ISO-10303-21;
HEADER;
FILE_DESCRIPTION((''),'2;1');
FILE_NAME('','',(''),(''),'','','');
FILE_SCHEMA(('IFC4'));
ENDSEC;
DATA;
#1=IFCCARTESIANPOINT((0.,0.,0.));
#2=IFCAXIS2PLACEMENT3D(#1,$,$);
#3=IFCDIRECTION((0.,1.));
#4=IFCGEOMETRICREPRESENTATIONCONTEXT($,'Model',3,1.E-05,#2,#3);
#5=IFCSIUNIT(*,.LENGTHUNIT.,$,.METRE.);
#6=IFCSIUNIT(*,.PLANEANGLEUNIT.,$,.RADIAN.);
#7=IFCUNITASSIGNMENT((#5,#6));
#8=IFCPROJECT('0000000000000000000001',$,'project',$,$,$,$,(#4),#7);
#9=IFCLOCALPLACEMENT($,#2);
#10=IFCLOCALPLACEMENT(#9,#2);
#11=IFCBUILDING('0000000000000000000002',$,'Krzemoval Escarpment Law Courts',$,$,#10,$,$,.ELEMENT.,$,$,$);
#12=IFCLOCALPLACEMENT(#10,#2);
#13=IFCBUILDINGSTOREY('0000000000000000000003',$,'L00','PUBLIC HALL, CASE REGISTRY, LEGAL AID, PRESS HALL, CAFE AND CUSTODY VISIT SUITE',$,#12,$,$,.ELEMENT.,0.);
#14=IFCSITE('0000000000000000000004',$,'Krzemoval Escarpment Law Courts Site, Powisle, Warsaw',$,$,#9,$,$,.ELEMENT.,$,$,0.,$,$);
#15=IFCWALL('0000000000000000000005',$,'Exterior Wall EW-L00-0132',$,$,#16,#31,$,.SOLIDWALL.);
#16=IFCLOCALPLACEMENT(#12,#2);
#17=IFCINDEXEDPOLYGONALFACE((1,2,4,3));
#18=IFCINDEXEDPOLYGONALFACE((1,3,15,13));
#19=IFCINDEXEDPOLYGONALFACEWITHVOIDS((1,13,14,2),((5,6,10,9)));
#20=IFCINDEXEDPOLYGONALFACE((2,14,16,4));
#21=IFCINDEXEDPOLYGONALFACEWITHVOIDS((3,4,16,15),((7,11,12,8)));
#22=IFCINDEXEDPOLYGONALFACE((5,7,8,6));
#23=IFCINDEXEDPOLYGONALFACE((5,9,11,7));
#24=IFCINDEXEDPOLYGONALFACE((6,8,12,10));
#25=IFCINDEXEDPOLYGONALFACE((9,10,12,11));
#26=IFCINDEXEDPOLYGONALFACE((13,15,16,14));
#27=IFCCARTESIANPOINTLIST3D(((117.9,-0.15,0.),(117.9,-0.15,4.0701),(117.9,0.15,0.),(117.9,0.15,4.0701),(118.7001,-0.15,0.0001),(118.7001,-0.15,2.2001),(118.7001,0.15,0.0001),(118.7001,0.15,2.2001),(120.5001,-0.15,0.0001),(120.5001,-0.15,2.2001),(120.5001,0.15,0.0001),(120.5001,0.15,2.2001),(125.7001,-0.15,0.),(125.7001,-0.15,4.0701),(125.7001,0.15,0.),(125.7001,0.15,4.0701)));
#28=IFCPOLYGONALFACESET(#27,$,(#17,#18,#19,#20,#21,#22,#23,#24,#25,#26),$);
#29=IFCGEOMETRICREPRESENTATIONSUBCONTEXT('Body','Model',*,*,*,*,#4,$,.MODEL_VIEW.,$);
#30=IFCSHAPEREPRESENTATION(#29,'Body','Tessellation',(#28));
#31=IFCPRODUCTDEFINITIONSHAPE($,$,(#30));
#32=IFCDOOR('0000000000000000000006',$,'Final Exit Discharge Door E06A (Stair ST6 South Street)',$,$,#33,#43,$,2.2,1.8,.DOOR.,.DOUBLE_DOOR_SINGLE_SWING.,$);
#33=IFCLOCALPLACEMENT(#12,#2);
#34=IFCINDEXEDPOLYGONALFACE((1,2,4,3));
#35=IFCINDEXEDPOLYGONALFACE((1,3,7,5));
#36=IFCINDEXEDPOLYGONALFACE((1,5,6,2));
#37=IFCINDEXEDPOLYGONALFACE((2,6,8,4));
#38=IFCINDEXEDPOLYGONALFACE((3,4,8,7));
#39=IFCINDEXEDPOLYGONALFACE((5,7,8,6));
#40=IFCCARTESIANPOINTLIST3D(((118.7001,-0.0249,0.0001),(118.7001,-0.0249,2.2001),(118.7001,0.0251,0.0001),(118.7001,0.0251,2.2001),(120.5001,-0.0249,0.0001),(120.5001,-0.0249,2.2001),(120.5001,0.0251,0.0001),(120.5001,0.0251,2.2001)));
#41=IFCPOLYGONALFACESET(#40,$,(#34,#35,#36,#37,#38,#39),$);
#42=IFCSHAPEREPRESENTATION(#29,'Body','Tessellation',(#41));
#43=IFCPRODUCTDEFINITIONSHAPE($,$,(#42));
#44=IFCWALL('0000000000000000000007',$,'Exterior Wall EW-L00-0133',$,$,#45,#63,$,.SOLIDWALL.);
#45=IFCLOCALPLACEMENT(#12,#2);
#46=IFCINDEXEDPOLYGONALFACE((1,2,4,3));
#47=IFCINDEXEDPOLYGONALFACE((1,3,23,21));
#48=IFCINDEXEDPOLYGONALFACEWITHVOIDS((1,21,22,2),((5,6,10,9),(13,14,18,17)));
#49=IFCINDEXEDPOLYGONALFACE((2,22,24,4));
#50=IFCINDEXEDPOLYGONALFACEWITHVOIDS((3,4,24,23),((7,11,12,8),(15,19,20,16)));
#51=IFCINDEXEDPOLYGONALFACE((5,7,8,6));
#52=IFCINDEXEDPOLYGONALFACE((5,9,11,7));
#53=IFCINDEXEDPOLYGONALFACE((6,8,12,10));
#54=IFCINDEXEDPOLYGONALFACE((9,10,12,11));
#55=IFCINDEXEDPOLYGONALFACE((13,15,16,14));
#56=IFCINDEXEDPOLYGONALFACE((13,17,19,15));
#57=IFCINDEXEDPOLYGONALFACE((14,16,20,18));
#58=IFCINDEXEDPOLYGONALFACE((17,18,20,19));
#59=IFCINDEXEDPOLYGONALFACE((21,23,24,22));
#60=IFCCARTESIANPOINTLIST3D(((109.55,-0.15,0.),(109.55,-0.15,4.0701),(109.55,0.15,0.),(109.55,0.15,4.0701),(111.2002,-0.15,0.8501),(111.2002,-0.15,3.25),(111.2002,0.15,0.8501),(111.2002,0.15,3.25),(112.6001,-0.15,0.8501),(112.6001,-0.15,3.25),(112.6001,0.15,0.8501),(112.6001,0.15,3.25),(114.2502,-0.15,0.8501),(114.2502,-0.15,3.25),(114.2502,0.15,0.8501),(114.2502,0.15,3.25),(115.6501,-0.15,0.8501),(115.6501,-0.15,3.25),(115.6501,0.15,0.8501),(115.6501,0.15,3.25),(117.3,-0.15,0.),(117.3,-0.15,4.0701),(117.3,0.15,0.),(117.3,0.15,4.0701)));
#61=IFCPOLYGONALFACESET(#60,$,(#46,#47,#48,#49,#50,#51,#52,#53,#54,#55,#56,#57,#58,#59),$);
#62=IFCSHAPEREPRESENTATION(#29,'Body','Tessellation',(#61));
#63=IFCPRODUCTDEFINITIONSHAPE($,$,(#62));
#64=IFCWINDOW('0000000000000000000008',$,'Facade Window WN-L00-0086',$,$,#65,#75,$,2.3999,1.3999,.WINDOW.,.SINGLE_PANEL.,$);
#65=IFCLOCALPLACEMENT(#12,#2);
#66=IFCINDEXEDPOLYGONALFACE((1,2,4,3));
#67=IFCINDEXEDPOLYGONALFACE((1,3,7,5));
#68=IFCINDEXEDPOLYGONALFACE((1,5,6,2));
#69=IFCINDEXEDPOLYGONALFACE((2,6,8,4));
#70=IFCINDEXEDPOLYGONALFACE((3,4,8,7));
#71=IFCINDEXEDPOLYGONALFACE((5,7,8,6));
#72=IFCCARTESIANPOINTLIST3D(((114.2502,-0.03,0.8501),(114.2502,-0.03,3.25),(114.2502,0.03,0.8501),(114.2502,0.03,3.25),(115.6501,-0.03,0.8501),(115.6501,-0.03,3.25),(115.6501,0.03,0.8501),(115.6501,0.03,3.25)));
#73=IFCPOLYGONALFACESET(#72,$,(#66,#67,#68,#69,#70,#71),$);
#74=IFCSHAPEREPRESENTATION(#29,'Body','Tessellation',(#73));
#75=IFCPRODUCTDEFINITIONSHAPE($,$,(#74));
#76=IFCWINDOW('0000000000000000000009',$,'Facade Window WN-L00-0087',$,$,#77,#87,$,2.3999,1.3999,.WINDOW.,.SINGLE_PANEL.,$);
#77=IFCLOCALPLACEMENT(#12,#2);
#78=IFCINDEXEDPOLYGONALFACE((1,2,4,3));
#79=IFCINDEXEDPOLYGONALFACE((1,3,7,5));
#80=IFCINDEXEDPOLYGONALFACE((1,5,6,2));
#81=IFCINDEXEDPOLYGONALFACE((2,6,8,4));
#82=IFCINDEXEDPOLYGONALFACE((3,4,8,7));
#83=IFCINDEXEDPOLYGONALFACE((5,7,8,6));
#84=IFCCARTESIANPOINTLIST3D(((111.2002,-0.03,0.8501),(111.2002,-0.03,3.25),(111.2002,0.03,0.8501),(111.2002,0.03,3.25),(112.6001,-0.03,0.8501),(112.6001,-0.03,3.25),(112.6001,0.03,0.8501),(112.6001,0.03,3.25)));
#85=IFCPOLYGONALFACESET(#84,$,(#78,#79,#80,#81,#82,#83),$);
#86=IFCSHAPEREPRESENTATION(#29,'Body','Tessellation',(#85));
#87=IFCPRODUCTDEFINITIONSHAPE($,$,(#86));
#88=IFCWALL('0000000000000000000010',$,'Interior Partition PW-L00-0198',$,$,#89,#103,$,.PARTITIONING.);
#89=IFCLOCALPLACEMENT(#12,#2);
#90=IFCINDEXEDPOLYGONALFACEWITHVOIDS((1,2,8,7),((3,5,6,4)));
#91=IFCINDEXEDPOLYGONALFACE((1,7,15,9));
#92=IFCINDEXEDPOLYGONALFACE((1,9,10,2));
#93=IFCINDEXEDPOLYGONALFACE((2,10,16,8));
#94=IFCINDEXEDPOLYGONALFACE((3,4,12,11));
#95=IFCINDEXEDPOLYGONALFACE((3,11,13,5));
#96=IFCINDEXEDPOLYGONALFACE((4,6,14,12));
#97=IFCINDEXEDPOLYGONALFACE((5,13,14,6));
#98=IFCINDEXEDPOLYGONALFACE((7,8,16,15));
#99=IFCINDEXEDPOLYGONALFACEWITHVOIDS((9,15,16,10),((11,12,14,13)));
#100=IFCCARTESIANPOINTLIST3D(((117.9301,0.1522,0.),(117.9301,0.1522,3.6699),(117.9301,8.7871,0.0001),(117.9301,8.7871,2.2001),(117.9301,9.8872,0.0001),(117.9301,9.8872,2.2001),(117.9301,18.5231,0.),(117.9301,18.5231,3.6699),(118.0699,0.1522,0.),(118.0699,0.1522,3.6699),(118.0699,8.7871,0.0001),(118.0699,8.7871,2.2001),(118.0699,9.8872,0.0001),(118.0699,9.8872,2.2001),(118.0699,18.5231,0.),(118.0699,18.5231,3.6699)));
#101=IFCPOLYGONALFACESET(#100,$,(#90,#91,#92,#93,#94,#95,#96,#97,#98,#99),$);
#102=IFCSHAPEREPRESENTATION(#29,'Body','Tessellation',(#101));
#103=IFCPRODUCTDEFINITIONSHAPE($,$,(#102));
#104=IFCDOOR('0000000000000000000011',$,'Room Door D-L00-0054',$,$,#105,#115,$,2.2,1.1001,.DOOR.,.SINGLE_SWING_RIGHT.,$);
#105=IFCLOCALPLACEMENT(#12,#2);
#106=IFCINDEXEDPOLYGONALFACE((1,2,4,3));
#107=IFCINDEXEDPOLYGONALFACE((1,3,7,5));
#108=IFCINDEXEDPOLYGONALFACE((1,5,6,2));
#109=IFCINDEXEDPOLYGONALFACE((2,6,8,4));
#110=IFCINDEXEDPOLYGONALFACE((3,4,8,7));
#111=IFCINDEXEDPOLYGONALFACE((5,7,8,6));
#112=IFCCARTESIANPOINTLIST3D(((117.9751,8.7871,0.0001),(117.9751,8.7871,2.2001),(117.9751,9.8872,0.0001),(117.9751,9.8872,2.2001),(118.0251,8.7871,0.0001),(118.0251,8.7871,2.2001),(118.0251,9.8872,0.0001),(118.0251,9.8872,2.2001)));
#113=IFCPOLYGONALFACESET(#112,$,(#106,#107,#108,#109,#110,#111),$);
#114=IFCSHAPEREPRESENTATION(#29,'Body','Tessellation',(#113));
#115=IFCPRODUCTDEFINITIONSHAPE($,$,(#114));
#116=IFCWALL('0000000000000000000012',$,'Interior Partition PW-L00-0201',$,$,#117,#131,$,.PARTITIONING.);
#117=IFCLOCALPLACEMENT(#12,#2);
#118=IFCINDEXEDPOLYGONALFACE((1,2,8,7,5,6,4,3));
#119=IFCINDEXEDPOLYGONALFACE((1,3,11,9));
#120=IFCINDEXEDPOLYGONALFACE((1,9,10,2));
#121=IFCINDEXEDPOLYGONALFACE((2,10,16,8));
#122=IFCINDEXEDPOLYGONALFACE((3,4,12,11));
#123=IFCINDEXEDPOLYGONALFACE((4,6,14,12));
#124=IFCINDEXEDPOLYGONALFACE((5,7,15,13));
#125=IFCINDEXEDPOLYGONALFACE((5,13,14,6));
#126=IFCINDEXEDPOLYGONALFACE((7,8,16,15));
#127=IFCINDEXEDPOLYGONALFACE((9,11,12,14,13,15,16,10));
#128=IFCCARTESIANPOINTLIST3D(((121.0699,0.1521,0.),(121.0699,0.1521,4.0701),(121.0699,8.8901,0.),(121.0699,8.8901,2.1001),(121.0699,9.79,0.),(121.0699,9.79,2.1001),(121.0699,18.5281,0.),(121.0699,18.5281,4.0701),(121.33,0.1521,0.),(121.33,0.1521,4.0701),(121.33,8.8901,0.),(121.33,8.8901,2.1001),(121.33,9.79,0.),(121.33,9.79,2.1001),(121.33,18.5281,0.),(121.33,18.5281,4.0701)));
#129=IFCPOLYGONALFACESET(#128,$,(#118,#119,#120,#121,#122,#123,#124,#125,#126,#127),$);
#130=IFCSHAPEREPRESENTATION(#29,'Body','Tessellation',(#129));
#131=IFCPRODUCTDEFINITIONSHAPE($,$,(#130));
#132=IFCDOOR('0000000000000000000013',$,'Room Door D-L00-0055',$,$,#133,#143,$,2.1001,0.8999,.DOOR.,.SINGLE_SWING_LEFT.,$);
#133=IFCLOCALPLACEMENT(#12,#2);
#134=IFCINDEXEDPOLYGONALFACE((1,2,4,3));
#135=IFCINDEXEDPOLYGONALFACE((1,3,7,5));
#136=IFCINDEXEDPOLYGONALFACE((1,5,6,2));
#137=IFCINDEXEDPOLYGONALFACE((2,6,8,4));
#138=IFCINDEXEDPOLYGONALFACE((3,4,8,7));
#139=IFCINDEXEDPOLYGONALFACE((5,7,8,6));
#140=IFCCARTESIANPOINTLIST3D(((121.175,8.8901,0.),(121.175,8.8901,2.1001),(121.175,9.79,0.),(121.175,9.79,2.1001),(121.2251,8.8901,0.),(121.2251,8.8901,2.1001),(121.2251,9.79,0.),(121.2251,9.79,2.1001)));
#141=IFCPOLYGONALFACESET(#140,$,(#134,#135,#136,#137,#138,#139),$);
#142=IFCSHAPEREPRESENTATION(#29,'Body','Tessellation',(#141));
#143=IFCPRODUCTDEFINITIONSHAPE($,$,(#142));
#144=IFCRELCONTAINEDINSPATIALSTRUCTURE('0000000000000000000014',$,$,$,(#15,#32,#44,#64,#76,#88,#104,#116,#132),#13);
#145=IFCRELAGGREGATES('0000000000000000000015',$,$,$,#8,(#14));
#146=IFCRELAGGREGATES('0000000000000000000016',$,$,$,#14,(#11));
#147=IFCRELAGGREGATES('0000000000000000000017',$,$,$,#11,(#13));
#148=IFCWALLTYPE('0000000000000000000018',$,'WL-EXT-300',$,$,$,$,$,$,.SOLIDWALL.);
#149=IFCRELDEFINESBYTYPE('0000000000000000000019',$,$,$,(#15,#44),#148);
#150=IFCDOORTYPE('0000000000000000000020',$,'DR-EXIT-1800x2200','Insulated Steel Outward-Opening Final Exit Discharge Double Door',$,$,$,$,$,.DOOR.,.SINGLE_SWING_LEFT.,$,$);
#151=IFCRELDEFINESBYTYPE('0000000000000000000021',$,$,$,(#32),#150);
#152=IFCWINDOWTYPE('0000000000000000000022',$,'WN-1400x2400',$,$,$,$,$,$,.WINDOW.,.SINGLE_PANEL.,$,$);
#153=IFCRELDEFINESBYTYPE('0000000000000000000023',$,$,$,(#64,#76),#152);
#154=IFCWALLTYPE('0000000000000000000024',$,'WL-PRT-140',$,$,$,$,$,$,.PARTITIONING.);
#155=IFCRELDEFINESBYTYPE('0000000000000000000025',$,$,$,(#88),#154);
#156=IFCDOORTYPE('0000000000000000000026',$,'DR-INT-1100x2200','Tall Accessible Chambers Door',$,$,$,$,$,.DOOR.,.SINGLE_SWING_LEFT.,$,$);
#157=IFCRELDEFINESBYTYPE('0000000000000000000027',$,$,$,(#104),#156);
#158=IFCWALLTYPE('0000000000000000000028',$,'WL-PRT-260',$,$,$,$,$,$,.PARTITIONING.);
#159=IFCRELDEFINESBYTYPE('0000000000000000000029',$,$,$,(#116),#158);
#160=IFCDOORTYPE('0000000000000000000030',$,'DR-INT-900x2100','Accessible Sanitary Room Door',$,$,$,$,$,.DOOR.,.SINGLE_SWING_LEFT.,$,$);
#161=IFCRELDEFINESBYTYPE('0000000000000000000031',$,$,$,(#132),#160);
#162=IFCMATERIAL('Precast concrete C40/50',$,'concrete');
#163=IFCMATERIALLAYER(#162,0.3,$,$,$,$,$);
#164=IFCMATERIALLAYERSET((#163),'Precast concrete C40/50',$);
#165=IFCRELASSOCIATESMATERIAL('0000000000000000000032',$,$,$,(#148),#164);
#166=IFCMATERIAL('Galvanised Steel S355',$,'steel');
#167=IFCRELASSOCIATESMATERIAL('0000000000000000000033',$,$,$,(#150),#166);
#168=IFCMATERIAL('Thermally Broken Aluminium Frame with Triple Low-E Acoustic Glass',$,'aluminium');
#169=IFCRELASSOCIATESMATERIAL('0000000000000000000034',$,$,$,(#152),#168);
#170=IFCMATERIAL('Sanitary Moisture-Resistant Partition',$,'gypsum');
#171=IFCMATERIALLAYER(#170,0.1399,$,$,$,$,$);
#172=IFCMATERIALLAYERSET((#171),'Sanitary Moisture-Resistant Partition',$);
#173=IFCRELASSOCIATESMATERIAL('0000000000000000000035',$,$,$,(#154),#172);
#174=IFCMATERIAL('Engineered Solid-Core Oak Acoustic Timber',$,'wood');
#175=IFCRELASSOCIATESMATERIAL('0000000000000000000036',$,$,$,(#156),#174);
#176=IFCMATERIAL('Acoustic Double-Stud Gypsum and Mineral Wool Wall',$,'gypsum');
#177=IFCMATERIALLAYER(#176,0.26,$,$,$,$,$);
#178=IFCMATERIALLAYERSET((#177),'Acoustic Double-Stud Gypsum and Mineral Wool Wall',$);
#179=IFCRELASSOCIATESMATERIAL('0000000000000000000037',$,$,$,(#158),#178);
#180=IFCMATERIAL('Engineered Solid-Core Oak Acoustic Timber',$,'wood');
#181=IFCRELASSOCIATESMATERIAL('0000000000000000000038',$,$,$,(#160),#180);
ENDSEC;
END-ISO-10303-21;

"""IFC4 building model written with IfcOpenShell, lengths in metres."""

from ifc_helpers import new_model, si_unit, direction, frame, frame_2d, origin, place, context, subcontext, project, spatial, rectangle, extrude, material, layer, layer_set, type_object, element, fill, save


model = new_model("IFC4")

# Units and contexts
model_context = context("Model", 3, precision=1e-05, world=origin(), true_north=direction((0.0, 1.0)))
body_context = subcontext(model_context, "Body", "Model", "MODEL_VIEW")
ifc_project = project(units=[si_unit("LENGTHUNIT", "METRE"), si_unit("PLANEANGLEUNIT", "RADIAN")], contexts=[model_context])

# Site, building, storey
site_placement = place(None, origin())
site = spatial("IfcSite", under=ifc_project, at=site_placement, Name="Krzemoval Escarpment Law Courts Site, Powisle, Warsaw", CompositionType="ELEMENT", RefElevation=0.0)
building_placement = place(site_placement, origin())
building = spatial("IfcBuilding", under=site, at=building_placement, Name="Krzemoval Escarpment Law Courts", CompositionType="ELEMENT")
storey_placement = place(building_placement, origin())
storey = spatial("IfcBuildingStorey", under=building, at=storey_placement, Name="L00", Description="PUBLIC HALL, CASE REGISTRY, LEGAL AID, PRESS HALL, CAFE AND CUSTODY VISIT SUITE", CompositionType="ELEMENT", Elevation=0.0)

# Wall, opening, door
ifc_material_1 = material(Name="Precast concrete C40/50", Category="concrete")
ifc_layer_1 = layer(ifc_material_1, 0.3)
ifc_layer_set_1 = layer_set([ifc_layer_1], Name="Precast concrete C40/50")
wall_type_1 = type_object("IfcWallType", Name="WL-EXT-300", PredefinedType="SOLIDWALL", material=ifc_layer_set_1)
wall_1_placement = place(storey_placement, frame((125.7, 0.0, 0.0), z_axis=(0.0, 0.0, 1.0), x_axis=(-1.0, 0.0, 0.0)))
wall_1 = element("IfcWall", 1, at=wall_1_placement, inside=storey, type_object=wall_type_1, Name="Exterior Wall EW-L00-0132", PredefinedType="SOLIDWALL", context=body_context, shape_type="SweptSolid", body=[
    extrude(rectangle(XDim=7.8, YDim=0.3, at=frame_2d((3.8999, 0.0))), origin(), (0.0, 0.0, 1.0), 4.0701),
])
opening_1_placement = place(wall_1_placement, frame((5.2, 0.0, 0.0)))
opening_1 = element("IfcOpeningElement", 2, at=opening_1_placement, cuts=wall_1, PredefinedType="OPENING", context=body_context, shape_type="SweptSolid", body=[
    extrude(rectangle(XDim=1.8, YDim=2.2, at=frame_2d((0.8999, 1.1001))), frame((0.0, 0.165, 0.0), z_axis=(0.0, -1.0, 0.0), x_axis=(1.0, 0.0, 0.0)), (0.0, 0.0, 1.0), 0.3301),
])
ifc_material_2 = material(Name="Galvanised Steel S355", Category="steel")
door_type_1 = type_object("IfcDoorType", Name="DR-EXIT-1800x2200", Description="Insulated Steel Outward-Opening Final Exit Discharge Double Door", OperationType="SINGLE_SWING_LEFT", PredefinedType="DOOR", material=ifc_material_2)
door_1_placement = place(opening_1_placement, origin())
door_1 = element("IfcDoor", 3, at=door_1_placement, inside=storey, type_object=door_type_1, Name="Final Exit Discharge Door E06A (Stair ST6 South Street)", OperationType="DOUBLE_DOOR_SINGLE_SWING", OverallHeight=2.2, OverallWidth=1.8, PredefinedType="DOOR", context=body_context, shape_type="SweptSolid", body=[
    extrude(rectangle(XDim=1.8, YDim=2.2, at=frame_2d((0.8999, 1.1001))), frame((0.0, 0.0249, 0.0), z_axis=(0.0, -1.0, 0.0), x_axis=(1.0, 0.0, 0.0)), (0.0, 0.0, 1.0), 0.05),
])
fill(opening_1, door_1)

# Wall, openings, windows
wall_2_placement = place(storey_placement, frame((117.3, 0.0, 0.0), z_axis=(0.0, 0.0, 1.0), x_axis=(-1.0, 0.0, 0.0)))
wall_2 = element("IfcWall", 4, at=wall_2_placement, inside=storey, type_object=wall_type_1, Name="Exterior Wall EW-L00-0133", PredefinedType="SOLIDWALL", context=body_context, shape_type="SweptSolid", body=[
    extrude(rectangle(XDim=7.75, YDim=0.3, at=frame_2d((3.875, 0.0))), origin(), (0.0, 0.0, 1.0), 4.0701),
])
opening_2_placement = place(wall_2_placement, frame((1.6499, 0.0, 0.8501)))
opening_2 = element("IfcOpeningElement", 5, at=opening_2_placement, cuts=wall_2, PredefinedType="OPENING", context=body_context, shape_type="SweptSolid", body=[
    extrude(rectangle(XDim=1.3999, YDim=2.3999, at=frame_2d((0.7, 1.2))), frame((0.0, 0.165, 0.0), z_axis=(0.0, -1.0, 0.0), x_axis=(1.0, 0.0, 0.0)), (0.0, 0.0, 1.0), 0.3301),
])
opening_3_placement = place(wall_2_placement, frame((4.7, 0.0, 0.8501)))
opening_3 = element("IfcOpeningElement", 6, at=opening_3_placement, cuts=wall_2, PredefinedType="OPENING", context=body_context, shape_type="SweptSolid", body=[
    extrude(rectangle(XDim=1.3999, YDim=2.3999, at=frame_2d((0.7, 1.2))), frame((0.0, 0.165, 0.0), z_axis=(0.0, -1.0, 0.0), x_axis=(1.0, 0.0, 0.0)), (0.0, 0.0, 1.0), 0.3301),
])
ifc_material_3 = material(Name="Thermally Broken Aluminium Frame with Triple Low-E Acoustic Glass", Category="aluminium")
window_type = type_object("IfcWindowType", Name="WN-1400x2400", PartitioningType="SINGLE_PANEL", PredefinedType="WINDOW", material=ifc_material_3)
window_1_placement = place(opening_2_placement, origin())
window_1 = element("IfcWindow", 7, at=window_1_placement, inside=storey, type_object=window_type, Name="Facade Window WN-L00-0086", OverallHeight=2.3999, OverallWidth=1.3999, PartitioningType="SINGLE_PANEL", PredefinedType="WINDOW", context=body_context, shape_type="SweptSolid", body=[
    extrude(rectangle(XDim=1.3999, YDim=2.3999, at=frame_2d((0.7, 1.2))), frame((0.0, 0.03, 0.0), z_axis=(0.0, -1.0, 0.0), x_axis=(1.0, 0.0, 0.0)), (0.0, 0.0, 1.0), 0.0601),
])
fill(opening_2, window_1)
window_2_placement = place(opening_3_placement, origin())
window_2 = element("IfcWindow", 8, at=window_2_placement, inside=storey, type_object=window_type, Name="Facade Window WN-L00-0087", OverallHeight=2.3999, OverallWidth=1.3999, PartitioningType="SINGLE_PANEL", PredefinedType="WINDOW", context=body_context, shape_type="SweptSolid", body=[
    extrude(rectangle(XDim=1.3999, YDim=2.3999, at=frame_2d((0.7, 1.2))), frame((0.0, 0.03, 0.0), z_axis=(0.0, -1.0, 0.0), x_axis=(1.0, 0.0, 0.0)), (0.0, 0.0, 1.0), 0.0601),
])
fill(opening_3, window_2)

# Walls, openings, doors
ifc_material_4 = material(Name="Sanitary Moisture-Resistant Partition", Category="gypsum")
ifc_layer_2 = layer(ifc_material_4, 0.1399)
ifc_layer_set_2 = layer_set([ifc_layer_2], Name="Sanitary Moisture-Resistant Partition")
wall_type_2 = type_object("IfcWallType", Name="WL-PRT-140", PredefinedType="PARTITIONING", material=ifc_layer_set_2)
wall_3_placement = place(storey_placement, frame((118.0, 0.1521, 0.0), z_axis=(0.0, 0.0, 1.0), x_axis=(0.0, 1.0, 0.0)))
wall_3 = element("IfcWall", 9, at=wall_3_placement, inside=storey, type_object=wall_type_2, Name="Interior Partition PW-L00-0198", PredefinedType="PARTITIONING", context=body_context, shape_type="SweptSolid", body=[
    extrude(rectangle(XDim=18.3708, YDim=0.1399, at=frame_2d((9.1855, 0.0))), origin(), (0.0, 0.0, 1.0), 3.6699),
])
opening_4_placement = place(wall_3_placement, frame((8.635, 0.0, 0.0)))
opening_4 = element("IfcOpeningElement", 10, at=opening_4_placement, cuts=wall_3, PredefinedType="OPENING", context=body_context, shape_type="SweptSolid", body=[
    extrude(rectangle(XDim=1.1001, YDim=2.2, at=frame_2d((0.55, 1.1001))), frame((0.0, 0.0849, 0.0), z_axis=(0.0, -1.0, 0.0), x_axis=(1.0, 0.0, 0.0)), (0.0, 0.0, 1.0), 0.1699),
])
ifc_material_5 = material(Name="Engineered Solid-Core Oak Acoustic Timber", Category="wood")
door_type_2 = type_object("IfcDoorType", Name="DR-INT-1100x2200", Description="Tall Accessible Chambers Door", OperationType="SINGLE_SWING_LEFT", PredefinedType="DOOR", material=ifc_material_5)
door_2_placement = place(opening_4_placement, origin())
door_2 = element("IfcDoor", 11, at=door_2_placement, inside=storey, type_object=door_type_2, Name="Room Door D-L00-0054", OperationType="SINGLE_SWING_RIGHT", OverallHeight=2.2, OverallWidth=1.1001, PredefinedType="DOOR", context=body_context, shape_type="SweptSolid", body=[
    extrude(rectangle(XDim=1.1001, YDim=2.2, at=frame_2d((0.55, 1.1001))), frame((0.0, 0.0249, 0.0), z_axis=(0.0, -1.0, 0.0), x_axis=(1.0, 0.0, 0.0)), (0.0, 0.0, 1.0), 0.05),
])
fill(opening_4, door_2)
ifc_material_6 = material(Name="Acoustic Double-Stud Gypsum and Mineral Wool Wall", Category="gypsum")
ifc_layer_3 = layer(ifc_material_6, 0.26)
ifc_layer_set_3 = layer_set([ifc_layer_3], Name="Acoustic Double-Stud Gypsum and Mineral Wool Wall")
wall_type_3 = type_object("IfcWallType", Name="WL-PRT-260", PredefinedType="PARTITIONING", material=ifc_layer_set_3)
wall_4_placement = place(storey_placement, frame((121.2, 0.1521, 0.0), z_axis=(0.0, 0.0, 1.0), x_axis=(0.0, 1.0, 0.0)))
wall_4 = element("IfcWall", 12, at=wall_4_placement, inside=storey, type_object=wall_type_3, Name="Interior Partition PW-L00-0201", PredefinedType="PARTITIONING", context=body_context, shape_type="SweptSolid", body=[
    extrude(rectangle(XDim=18.376, YDim=0.26, at=frame_2d((9.188, 0.0))), origin(), (0.0, 0.0, 1.0), 4.0701),
])
opening_5_placement = place(wall_4_placement, frame((8.738, 0.0, 0.0)))
opening_5 = element("IfcOpeningElement", 13, at=opening_5_placement, cuts=wall_4, PredefinedType="OPENING", context=body_context, shape_type="SweptSolid", body=[
    extrude(rectangle(XDim=0.8999, YDim=2.1001, at=frame_2d((0.45, 1.05))), frame((0.0, 0.145, 0.0), z_axis=(0.0, -1.0, 0.0), x_axis=(1.0, 0.0, 0.0)), (0.0, 0.0, 1.0), 0.29),
])
ifc_material_7 = material(Name="Engineered Solid-Core Oak Acoustic Timber", Category="wood")
door_type_3 = type_object("IfcDoorType", Name="DR-INT-900x2100", Description="Accessible Sanitary Room Door", OperationType="SINGLE_SWING_LEFT", PredefinedType="DOOR", material=ifc_material_7)
door_3_placement = place(opening_5_placement, origin())
door_3 = element("IfcDoor", 14, at=door_3_placement, inside=storey, type_object=door_type_3, Name="Room Door D-L00-0055", OperationType="SINGLE_SWING_LEFT", OverallHeight=2.1001, OverallWidth=0.8999, PredefinedType="DOOR", context=body_context, shape_type="SweptSolid", body=[
    extrude(rectangle(XDim=0.8999, YDim=2.1001, at=frame_2d((0.45, 1.05))), frame((0.0, 0.0249, 0.0), z_axis=(0.0, -1.0, 0.0), x_axis=(1.0, 0.0, 0.0)), (0.0, 0.0, 1.0), 0.05),
])
fill(opening_5, door_3)

save(model, "model.ifc")
